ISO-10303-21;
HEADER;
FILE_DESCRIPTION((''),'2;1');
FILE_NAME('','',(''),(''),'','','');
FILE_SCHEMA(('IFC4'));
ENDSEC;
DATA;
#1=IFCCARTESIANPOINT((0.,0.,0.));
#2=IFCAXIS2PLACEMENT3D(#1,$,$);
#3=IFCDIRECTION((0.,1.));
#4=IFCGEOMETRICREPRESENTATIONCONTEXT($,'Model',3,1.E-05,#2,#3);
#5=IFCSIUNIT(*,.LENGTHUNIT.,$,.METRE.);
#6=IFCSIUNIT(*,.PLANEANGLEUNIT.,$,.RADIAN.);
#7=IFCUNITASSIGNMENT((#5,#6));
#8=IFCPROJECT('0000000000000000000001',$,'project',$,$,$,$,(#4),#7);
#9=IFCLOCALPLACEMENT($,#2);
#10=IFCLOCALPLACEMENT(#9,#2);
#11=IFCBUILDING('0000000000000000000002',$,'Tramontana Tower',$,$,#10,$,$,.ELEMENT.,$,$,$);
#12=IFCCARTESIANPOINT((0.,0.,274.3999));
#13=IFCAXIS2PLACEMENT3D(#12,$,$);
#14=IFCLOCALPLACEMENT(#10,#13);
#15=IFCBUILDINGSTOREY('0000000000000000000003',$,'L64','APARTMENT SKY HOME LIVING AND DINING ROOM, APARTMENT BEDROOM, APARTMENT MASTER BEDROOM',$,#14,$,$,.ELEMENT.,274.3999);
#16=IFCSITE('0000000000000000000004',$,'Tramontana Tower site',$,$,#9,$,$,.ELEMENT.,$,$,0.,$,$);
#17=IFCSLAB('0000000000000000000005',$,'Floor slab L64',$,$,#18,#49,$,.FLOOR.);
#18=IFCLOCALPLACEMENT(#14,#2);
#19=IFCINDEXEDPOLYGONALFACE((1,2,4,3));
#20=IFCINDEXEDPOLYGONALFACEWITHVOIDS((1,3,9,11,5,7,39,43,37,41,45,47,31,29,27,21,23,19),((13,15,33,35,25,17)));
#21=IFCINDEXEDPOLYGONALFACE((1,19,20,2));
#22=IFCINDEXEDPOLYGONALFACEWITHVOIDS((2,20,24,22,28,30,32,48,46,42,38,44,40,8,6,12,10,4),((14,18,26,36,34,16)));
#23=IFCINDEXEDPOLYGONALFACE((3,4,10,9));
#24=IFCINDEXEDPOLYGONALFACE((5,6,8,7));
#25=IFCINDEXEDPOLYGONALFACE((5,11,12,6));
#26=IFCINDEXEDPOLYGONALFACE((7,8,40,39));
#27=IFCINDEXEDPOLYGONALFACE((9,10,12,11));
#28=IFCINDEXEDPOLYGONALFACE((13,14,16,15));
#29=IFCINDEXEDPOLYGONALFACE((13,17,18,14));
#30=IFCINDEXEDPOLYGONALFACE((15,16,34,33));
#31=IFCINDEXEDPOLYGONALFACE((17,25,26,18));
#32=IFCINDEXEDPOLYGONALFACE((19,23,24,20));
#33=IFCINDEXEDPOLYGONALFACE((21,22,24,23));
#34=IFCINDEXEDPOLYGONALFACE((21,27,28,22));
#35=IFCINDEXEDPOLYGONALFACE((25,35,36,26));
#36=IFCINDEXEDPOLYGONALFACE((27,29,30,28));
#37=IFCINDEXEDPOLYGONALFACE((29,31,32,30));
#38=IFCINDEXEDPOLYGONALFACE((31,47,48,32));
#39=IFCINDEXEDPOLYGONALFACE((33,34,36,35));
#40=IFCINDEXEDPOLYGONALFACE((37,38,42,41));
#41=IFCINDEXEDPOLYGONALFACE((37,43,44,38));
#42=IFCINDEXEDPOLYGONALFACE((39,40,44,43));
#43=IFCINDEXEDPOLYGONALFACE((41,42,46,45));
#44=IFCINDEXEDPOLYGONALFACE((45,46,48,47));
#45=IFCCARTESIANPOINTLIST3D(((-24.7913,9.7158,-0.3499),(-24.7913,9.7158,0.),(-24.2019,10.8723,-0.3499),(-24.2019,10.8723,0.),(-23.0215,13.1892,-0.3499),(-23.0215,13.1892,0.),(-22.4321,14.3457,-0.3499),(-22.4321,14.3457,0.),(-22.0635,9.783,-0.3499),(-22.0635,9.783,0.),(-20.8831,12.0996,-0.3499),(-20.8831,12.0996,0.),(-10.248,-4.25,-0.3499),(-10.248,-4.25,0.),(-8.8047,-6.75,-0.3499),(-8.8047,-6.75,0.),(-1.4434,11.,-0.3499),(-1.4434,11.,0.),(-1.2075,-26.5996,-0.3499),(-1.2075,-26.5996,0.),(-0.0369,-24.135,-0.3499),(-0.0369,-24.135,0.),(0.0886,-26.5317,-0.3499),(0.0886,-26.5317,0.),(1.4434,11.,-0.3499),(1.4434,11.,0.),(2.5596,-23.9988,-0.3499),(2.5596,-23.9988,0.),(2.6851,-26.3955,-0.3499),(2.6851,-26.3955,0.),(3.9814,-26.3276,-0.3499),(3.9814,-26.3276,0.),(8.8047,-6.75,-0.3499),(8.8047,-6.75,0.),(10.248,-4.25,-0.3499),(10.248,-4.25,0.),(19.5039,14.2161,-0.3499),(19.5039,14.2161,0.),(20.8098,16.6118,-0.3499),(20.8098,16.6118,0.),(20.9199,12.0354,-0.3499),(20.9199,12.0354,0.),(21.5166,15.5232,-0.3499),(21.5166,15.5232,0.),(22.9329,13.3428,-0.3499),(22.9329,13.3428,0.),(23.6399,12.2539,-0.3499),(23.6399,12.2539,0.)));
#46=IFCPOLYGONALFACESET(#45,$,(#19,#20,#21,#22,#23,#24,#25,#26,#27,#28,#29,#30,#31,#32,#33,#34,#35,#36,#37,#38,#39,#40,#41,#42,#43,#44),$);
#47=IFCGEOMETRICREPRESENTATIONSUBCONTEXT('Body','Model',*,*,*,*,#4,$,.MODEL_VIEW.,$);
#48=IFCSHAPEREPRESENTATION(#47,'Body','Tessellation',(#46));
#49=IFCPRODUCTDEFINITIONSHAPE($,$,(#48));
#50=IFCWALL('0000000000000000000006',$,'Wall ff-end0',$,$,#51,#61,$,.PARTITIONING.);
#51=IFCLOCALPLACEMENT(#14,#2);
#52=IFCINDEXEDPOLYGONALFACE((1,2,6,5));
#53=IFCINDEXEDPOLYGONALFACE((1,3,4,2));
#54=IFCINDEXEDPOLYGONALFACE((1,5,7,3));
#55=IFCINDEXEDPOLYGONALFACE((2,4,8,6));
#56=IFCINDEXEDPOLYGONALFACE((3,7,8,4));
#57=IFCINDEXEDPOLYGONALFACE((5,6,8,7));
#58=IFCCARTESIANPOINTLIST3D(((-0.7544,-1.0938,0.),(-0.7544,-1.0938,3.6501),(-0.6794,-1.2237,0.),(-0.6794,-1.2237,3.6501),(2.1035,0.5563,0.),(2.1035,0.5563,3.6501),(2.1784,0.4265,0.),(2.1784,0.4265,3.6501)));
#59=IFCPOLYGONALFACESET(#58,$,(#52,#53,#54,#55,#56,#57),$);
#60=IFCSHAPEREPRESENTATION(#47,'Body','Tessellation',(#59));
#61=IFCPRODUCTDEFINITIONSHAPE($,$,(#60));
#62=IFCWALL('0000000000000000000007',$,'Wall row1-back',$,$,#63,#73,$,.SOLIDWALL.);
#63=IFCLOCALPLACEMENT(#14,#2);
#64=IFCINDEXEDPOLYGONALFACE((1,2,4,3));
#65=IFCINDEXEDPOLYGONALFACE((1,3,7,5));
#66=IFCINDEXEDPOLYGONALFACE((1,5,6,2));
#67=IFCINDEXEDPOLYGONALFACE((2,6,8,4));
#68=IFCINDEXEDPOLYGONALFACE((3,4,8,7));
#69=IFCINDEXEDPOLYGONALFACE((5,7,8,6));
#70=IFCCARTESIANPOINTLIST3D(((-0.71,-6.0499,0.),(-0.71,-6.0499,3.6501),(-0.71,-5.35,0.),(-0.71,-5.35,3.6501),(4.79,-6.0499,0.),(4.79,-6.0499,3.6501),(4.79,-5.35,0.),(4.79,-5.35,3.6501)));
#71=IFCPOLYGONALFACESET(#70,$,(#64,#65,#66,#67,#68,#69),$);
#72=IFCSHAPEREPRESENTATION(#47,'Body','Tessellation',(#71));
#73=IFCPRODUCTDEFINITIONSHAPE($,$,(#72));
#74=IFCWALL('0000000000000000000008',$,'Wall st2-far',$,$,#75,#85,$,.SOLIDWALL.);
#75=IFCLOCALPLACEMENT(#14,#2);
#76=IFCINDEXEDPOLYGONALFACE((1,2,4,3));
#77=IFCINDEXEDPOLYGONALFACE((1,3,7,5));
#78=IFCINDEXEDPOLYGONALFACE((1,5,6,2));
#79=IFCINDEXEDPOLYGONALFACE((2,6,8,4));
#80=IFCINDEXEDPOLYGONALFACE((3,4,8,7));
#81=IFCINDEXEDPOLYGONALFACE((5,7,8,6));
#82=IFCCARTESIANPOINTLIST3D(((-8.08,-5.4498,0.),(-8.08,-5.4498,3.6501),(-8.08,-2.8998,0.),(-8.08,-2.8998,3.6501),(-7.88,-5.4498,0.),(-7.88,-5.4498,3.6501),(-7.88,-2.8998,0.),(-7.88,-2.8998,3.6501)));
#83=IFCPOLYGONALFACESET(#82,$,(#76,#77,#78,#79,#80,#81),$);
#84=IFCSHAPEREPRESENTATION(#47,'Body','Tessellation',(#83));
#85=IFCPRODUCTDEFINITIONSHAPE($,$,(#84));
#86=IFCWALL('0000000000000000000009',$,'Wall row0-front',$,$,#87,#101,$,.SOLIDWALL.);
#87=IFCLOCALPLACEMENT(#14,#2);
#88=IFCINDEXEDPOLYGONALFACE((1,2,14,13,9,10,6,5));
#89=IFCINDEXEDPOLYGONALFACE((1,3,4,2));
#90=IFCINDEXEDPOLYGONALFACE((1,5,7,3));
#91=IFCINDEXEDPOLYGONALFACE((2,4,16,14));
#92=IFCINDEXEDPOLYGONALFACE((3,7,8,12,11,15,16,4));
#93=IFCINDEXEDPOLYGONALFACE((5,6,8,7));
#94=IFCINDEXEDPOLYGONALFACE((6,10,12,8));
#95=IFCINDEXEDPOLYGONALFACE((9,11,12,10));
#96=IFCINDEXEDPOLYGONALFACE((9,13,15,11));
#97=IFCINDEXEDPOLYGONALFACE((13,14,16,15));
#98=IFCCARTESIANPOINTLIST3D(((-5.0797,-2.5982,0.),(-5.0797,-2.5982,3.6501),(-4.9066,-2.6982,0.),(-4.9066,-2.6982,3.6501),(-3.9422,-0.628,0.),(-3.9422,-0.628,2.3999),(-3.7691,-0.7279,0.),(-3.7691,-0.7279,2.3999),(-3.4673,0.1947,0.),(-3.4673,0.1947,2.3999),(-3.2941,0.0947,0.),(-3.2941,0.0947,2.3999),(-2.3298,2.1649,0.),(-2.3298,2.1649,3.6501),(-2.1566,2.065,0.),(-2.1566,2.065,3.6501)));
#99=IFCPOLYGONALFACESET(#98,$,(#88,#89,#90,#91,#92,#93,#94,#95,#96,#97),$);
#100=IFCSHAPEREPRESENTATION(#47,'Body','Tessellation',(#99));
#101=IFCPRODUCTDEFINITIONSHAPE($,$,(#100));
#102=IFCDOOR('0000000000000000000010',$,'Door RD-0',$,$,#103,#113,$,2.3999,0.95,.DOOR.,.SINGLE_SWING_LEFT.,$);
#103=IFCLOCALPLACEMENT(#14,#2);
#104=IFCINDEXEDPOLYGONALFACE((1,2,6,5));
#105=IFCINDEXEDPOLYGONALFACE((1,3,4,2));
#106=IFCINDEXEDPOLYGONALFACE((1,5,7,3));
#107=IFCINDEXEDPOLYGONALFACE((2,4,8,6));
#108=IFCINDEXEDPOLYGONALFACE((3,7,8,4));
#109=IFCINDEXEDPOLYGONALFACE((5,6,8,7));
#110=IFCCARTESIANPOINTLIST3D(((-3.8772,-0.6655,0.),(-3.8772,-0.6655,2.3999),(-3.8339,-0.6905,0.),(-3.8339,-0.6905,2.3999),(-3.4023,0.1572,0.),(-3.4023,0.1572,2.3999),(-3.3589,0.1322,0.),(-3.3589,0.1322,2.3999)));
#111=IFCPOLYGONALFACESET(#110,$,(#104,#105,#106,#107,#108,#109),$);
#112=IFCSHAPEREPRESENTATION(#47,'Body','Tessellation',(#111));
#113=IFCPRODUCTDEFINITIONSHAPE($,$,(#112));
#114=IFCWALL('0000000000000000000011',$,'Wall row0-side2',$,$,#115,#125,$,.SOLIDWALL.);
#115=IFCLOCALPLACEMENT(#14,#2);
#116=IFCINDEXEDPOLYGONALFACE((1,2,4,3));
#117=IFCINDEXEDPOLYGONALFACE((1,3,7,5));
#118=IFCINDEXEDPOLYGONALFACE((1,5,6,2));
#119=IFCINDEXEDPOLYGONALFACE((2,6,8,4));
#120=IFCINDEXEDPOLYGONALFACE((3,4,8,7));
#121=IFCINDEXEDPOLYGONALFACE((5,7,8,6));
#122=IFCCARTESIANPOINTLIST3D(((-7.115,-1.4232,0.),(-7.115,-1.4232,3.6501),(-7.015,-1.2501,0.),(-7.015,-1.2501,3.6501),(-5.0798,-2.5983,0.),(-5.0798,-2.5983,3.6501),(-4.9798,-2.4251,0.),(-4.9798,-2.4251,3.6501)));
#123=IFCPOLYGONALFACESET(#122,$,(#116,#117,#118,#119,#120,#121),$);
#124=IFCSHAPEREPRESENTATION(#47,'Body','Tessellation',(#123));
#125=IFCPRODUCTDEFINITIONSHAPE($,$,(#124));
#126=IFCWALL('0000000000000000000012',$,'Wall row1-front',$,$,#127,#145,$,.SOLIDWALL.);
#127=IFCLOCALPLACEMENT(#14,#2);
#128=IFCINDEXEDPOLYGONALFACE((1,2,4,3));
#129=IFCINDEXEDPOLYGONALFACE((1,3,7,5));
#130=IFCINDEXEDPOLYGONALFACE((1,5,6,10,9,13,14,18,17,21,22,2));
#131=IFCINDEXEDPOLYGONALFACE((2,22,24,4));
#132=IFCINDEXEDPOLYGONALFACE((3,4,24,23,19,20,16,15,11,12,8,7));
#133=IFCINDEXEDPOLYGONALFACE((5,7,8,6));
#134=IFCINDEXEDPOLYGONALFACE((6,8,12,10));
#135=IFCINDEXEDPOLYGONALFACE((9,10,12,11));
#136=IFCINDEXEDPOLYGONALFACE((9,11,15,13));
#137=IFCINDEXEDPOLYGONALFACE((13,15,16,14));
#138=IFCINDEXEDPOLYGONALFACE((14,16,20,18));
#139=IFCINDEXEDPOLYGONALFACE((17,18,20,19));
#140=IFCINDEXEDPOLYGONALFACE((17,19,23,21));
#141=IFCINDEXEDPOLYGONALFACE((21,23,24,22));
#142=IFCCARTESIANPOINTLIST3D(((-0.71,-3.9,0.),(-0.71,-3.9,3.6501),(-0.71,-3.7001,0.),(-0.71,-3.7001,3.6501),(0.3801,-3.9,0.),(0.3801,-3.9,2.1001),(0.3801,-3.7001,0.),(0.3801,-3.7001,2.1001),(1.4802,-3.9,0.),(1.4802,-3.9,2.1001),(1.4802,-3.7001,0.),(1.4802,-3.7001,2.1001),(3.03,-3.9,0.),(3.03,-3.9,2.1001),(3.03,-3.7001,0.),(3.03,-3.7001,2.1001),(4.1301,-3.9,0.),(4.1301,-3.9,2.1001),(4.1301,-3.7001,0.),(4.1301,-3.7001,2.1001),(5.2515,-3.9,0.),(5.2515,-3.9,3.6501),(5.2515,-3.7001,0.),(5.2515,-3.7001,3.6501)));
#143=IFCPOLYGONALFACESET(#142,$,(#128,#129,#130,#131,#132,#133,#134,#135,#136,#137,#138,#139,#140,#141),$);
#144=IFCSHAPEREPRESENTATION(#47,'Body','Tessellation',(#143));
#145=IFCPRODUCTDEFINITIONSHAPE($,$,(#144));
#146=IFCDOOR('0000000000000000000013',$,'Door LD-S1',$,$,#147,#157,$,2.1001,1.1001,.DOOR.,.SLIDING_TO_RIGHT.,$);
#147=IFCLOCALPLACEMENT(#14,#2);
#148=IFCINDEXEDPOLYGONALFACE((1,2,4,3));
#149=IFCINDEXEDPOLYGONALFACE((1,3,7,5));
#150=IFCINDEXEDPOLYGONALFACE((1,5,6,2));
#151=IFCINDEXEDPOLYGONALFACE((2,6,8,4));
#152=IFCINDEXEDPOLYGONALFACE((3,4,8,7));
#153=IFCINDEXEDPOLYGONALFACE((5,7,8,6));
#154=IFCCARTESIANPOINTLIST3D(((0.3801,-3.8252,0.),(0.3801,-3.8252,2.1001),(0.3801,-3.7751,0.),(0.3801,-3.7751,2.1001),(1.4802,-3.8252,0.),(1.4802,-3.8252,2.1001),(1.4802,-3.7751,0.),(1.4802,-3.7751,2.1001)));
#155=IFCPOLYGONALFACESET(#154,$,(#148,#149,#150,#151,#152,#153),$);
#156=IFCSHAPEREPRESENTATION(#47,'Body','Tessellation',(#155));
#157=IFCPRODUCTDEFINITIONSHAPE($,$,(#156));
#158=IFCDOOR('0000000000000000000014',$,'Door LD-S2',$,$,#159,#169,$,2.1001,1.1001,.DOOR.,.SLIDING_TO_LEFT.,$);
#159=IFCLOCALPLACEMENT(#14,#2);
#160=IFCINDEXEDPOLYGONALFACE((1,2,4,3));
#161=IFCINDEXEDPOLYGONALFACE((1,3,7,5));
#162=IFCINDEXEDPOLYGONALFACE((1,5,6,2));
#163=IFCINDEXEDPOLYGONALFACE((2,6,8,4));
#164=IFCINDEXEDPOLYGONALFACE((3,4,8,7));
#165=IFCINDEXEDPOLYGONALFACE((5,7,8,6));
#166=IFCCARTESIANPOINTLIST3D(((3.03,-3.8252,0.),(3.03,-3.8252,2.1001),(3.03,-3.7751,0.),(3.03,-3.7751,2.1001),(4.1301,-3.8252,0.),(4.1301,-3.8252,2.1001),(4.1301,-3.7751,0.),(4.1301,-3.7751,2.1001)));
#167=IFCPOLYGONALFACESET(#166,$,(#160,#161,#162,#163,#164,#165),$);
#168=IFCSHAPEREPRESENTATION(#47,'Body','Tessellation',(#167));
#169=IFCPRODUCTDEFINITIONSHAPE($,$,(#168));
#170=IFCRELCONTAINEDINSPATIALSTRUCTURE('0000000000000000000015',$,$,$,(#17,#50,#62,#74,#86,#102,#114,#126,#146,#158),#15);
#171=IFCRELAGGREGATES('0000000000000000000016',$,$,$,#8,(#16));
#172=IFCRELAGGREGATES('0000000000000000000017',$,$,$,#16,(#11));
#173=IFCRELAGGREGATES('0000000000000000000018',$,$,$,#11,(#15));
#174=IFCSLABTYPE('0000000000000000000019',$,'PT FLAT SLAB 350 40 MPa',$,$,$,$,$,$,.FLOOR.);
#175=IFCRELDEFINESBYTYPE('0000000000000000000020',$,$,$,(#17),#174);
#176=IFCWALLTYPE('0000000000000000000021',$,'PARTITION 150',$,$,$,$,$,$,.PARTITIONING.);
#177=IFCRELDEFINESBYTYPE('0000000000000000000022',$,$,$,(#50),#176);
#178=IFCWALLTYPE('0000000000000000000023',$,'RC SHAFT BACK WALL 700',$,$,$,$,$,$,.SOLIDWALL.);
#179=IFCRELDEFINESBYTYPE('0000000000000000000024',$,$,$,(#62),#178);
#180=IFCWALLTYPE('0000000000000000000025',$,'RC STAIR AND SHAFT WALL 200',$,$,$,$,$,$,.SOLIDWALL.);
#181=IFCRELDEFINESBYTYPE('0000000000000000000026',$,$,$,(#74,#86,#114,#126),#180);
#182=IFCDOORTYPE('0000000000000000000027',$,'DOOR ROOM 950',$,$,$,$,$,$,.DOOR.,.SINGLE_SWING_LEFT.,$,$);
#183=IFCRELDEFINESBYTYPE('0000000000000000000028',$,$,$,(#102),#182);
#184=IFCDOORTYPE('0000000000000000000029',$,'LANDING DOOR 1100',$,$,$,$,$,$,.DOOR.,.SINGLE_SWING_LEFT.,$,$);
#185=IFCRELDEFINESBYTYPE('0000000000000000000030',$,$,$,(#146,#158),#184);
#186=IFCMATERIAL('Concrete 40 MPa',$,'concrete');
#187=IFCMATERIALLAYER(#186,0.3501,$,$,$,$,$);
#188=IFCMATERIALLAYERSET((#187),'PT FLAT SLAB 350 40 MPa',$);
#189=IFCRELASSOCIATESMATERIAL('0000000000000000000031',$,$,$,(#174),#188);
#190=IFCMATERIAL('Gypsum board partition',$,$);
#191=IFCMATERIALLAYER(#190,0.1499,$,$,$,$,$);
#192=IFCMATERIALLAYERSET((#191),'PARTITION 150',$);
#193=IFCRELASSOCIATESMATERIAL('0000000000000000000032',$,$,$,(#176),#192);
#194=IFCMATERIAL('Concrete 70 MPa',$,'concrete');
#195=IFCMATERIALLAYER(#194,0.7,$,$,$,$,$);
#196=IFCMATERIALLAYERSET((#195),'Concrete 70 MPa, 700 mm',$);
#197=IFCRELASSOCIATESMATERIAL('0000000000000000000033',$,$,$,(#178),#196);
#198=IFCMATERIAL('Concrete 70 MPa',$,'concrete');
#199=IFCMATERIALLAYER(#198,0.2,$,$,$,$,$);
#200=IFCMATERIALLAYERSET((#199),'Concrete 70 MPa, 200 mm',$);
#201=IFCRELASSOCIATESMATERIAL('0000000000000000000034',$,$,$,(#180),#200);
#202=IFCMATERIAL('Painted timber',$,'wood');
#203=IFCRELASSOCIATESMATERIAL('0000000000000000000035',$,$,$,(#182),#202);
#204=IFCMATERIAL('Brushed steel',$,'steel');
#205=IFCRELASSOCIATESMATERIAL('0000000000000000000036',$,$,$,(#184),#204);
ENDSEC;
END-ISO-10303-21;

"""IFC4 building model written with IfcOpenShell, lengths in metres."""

from ifc_helpers import new_model, si_unit, direction, frame, frame_2d, origin, place, context, subcontext, project, spatial, polyline, rectangle, outline, extrude, material, layer, layer_set, type_object, element, fill, save


model = new_model("IFC4")

# Units and contexts
model_context = context("Model", 3, precision=1e-05, world=origin(), true_north=direction((0.0, 1.0)))
body_context = subcontext(model_context, "Body", "Model", "MODEL_VIEW")
ifc_project = project(units=[si_unit("LENGTHUNIT", "METRE"), si_unit("PLANEANGLEUNIT", "RADIAN")], contexts=[model_context])

# Site, building, storey
site_placement = place(None, origin())
site = spatial("IfcSite", under=ifc_project, at=site_placement, Name="Tramontana Tower site", CompositionType="ELEMENT", RefElevation=0.0)
building_placement = place(site_placement, origin())
building = spatial("IfcBuilding", under=site, at=building_placement, Name="Tramontana Tower", CompositionType="ELEMENT")
storey_placement = place(building_placement, frame((0.0, 0.0, 274.3999)))
storey = spatial("IfcBuildingStorey", under=building, at=storey_placement, Name="L64", Description="APARTMENT SKY HOME LIVING AND DINING ROOM, APARTMENT BEDROOM, APARTMENT MASTER BEDROOM", CompositionType="ELEMENT", Elevation=274.3999)

# Slab
ifc_material_1 = material(Name="Concrete 40 MPa", Category="concrete")
ifc_layer_1 = layer(ifc_material_1, 0.3501)
ifc_layer_set_1 = layer_set([ifc_layer_1], Name="PT FLAT SLAB 350 40 MPa")
slab_type = type_object("IfcSlabType", Name="PT FLAT SLAB 350 40 MPa", PredefinedType="FLOOR", material=ifc_layer_set_1)
slab_placement = place(storey_placement, frame((0.0, 0.0, -0.3499)))
element("IfcSlab", 1, at=slab_placement, inside=storey, type_object=slab_type, Name="Floor slab L64", PredefinedType="FLOOR", context=body_context, shape_type="SweptSolid", body=[
    extrude(outline(polyline([(21.5166, 15.5232), (19.5039, 14.2161), (20.9199, 12.0354), (22.9329, 13.3428), (23.6399, 12.2539), (3.9814, -26.3276), (2.6851, -26.3955), (2.5596, -23.9988), (-0.0369, -24.135), (0.0886, -26.5317), (-1.2075, -26.5996), (-24.7913, 9.7158), (-24.2019, 10.8723), (-22.0635, 9.783), (-20.8831, 12.0996), (-23.0215, 13.1892), (-22.4321, 14.3457), (20.8098, 16.6118), (21.5166, 15.5232)]), holes=[polyline([(-10.248, -4.25), (-8.8047, -6.75), (8.8047, -6.75), (10.248, -4.25), (1.4434, 11.0), (-1.4434, 11.0), (-10.248, -4.25)])]), origin(), (0.0, 0.0, 1.0), 0.3499),
])

# Shared definitions
ifc_material_2 = material(Name="Gypsum board partition")
ifc_layer_2 = layer(ifc_material_2, 0.1499)
ifc_layer_set_2 = layer_set([ifc_layer_2], Name="PARTITION 150")
wall_type_1 = type_object("IfcWallType", Name="PARTITION 150", PredefinedType="PARTITIONING", material=ifc_layer_set_2)

# Walls
wall_1_placement = place(storey_placement, frame((-0.7168, -1.1587, 0.0), z_axis=(0.0, 0.0, 1.0), x_axis=(0.866008, 0.50003, 0.0)))
element("IfcWall", 2, at=wall_1_placement, inside=storey, type_object=wall_type_1, Name="Wall ff-end0", PredefinedType="PARTITIONING", context=body_context, shape_type="SweptSolid", body=[
    extrude(rectangle(XDim=3.3, YDim=0.1499, at=frame_2d((1.6499, 0.0))), origin(), (0.0, 0.0, 1.0), 3.6501),
])
ifc_material_3 = material(Name="Concrete 70 MPa", Category="concrete")
ifc_layer_3 = layer(ifc_material_3, 0.7)
ifc_layer_set_3 = layer_set([ifc_layer_3], Name="Concrete 70 MPa, 700 mm")
wall_type_2 = type_object("IfcWallType", Name="RC SHAFT BACK WALL 700", PredefinedType="SOLIDWALL", material=ifc_layer_set_3)
wall_2_placement = place(storey_placement, frame((-0.71, -5.7, 0.0), z_axis=(0.0, 0.0, 1.0), x_axis=(1.0, 0.0, 0.0)))
element("IfcWall", 3, at=wall_2_placement, inside=storey, type_object=wall_type_2, Name="Wall row1-back", PredefinedType="SOLIDWALL", context=body_context, shape_type="SweptSolid", body=[
    extrude(rectangle(XDim=5.5, YDim=0.7, at=frame_2d((2.75, 0.0))), origin(), (0.0, 0.0, 1.0), 3.6501),
])
ifc_material_4 = material(Name="Concrete 70 MPa", Category="concrete")
ifc_layer_4 = layer(ifc_material_4, 0.2)
ifc_layer_set_4 = layer_set([ifc_layer_4], Name="Concrete 70 MPa, 200 mm")
wall_type_3 = type_object("IfcWallType", Name="RC STAIR AND SHAFT WALL 200", PredefinedType="SOLIDWALL", material=ifc_layer_set_4)
wall_3_placement = place(storey_placement, frame((-7.98, -2.8999, 0.0), z_axis=(0.0, 0.0, 1.0), x_axis=(0.0, -1.0, 0.0)))
element("IfcWall", 4, at=wall_3_placement, inside=storey, type_object=wall_type_3, Name="Wall st2-far", PredefinedType="SOLIDWALL", context=body_context, shape_type="SweptSolid", body=[
    extrude(rectangle(XDim=2.55, YDim=0.2, at=frame_2d((1.2749, 0.0))), origin(), (0.0, 0.0, 1.0), 3.6501),
])

# Wall, opening, door
wall_4_placement = place(storey_placement, frame((-4.9932, -2.6482, 0.0), z_axis=(0.0, 0.0, 1.0), x_axis=(0.499997, 0.866027, 0.0)))
wall_4 = element("IfcWall", 5, at=wall_4_placement, inside=storey, type_object=wall_type_3, Name="Wall row0-front", PredefinedType="SOLIDWALL", context=body_context, shape_type="SweptSolid", body=[
    extrude(rectangle(XDim=5.5, YDim=0.2, at=frame_2d((2.75, 0.0))), origin(), (0.0, 0.0, 1.0), 3.6501),
])
opening_1_placement = place(wall_4_placement, frame((2.2749, 0.0, 0.0)))
opening_1 = element("IfcOpeningElement", 6, at=opening_1_placement, cuts=wall_4, PredefinedType="OPENING", context=body_context, shape_type="SweptSolid", body=[
    extrude(rectangle(XDim=0.95, YDim=2.3999, at=frame_2d((0.4751, 1.2))), frame((0.0, 0.1099, 0.0), z_axis=(0.0, -1.0, 0.0), x_axis=(1.0, 0.0, 0.0)), (0.0, 0.0, 1.0), 0.22),
])
ifc_material_5 = material(Name="Painted timber", Category="wood")
door_type_1 = type_object("IfcDoorType", Name="DOOR ROOM 950", OperationType="SINGLE_SWING_LEFT", PredefinedType="DOOR", material=ifc_material_5)
door_1_placement = place(opening_1_placement, origin())
door_1 = element("IfcDoor", 7, at=door_1_placement, inside=storey, type_object=door_type_1, Name="Door RD-0", OperationType="SINGLE_SWING_LEFT", OverallHeight=2.3999, OverallWidth=0.95, PredefinedType="DOOR", context=body_context, shape_type="SweptSolid", body=[
    extrude(rectangle(XDim=0.95, YDim=2.3999, at=frame_2d((0.4751, 1.2))), frame((0.0, 0.0249, 0.0), z_axis=(0.0, -1.0, 0.0), x_axis=(1.0, 0.0, 0.0)), (0.0, 0.0, 1.0), 0.05),
])
fill(opening_1, door_1)

# Wall
wall_5_placement = place(storey_placement, frame((-5.0298, -2.5117, 0.0), z_axis=(0.0, 0.0, 1.0), x_axis=(-0.866016, 0.500016, 0.0)))
element("IfcWall", 8, at=wall_5_placement, inside=storey, type_object=wall_type_3, Name="Wall row0-side2", PredefinedType="SOLIDWALL", context=body_context, shape_type="SweptSolid", body=[
    extrude(rectangle(XDim=2.3501, YDim=0.2, at=frame_2d((1.175, 0.0))), origin(), (0.0, 0.0, 1.0), 3.6501),
])

# Wall, openings, doors
wall_6_placement = place(storey_placement, frame((-0.71, -3.8, 0.0), z_axis=(0.0, 0.0, 1.0), x_axis=(1.0, 0.0, 0.0)))
wall_6 = element("IfcWall", 9, at=wall_6_placement, inside=storey, type_object=wall_type_3, Name="Wall row1-front", PredefinedType="SOLIDWALL", context=body_context, shape_type="SweptSolid", body=[
    extrude(rectangle(XDim=5.9614, YDim=0.2, at=frame_2d((2.9807, 0.0))), origin(), (0.0, 0.0, 1.0), 3.6501),
])
opening_2_placement = place(wall_6_placement, frame((1.0901, 0.0, 0.0)))
opening_2 = element("IfcOpeningElement", 10, at=opening_2_placement, cuts=wall_6, PredefinedType="OPENING", context=body_context, shape_type="SweptSolid", body=[
    extrude(rectangle(XDim=1.1001, YDim=2.1001, at=frame_2d((0.55, 1.05))), frame((0.0, 0.1099, 0.0), z_axis=(0.0, -1.0, 0.0), x_axis=(1.0, 0.0, 0.0)), (0.0, 0.0, 1.0), 0.22),
])
opening_3_placement = place(wall_6_placement, frame((3.74, 0.0, 0.0)))
opening_3 = element("IfcOpeningElement", 11, at=opening_3_placement, cuts=wall_6, PredefinedType="OPENING", context=body_context, shape_type="SweptSolid", body=[
    extrude(rectangle(XDim=1.1001, YDim=2.1001, at=frame_2d((0.55, 1.05))), frame((0.0, 0.1099, 0.0), z_axis=(0.0, -1.0, 0.0), x_axis=(1.0, 0.0, 0.0)), (0.0, 0.0, 1.0), 0.22),
])
ifc_material_6 = material(Name="Brushed steel", Category="steel")
door_type_2 = type_object("IfcDoorType", Name="LANDING DOOR 1100", OperationType="SINGLE_SWING_LEFT", PredefinedType="DOOR", material=ifc_material_6)
door_2_placement = place(opening_2_placement, origin())
door_2 = element("IfcDoor", 12, at=door_2_placement, inside=storey, type_object=door_type_2, Name="Door LD-S1", OperationType="SLIDING_TO_RIGHT", OverallHeight=2.1001, OverallWidth=1.1001, PredefinedType="DOOR", context=body_context, shape_type="SweptSolid", body=[
    extrude(rectangle(XDim=1.1001, YDim=2.1001, at=frame_2d((0.55, 1.05))), frame((0.0, 0.0249, 0.0), z_axis=(0.0, -1.0, 0.0), x_axis=(1.0, 0.0, 0.0)), (0.0, 0.0, 1.0), 0.05),
])
fill(opening_2, door_2)
door_3_placement = place(opening_3_placement, origin())
door_3 = element("IfcDoor", 13, at=door_3_placement, inside=storey, type_object=door_type_2, Name="Door LD-S2", OperationType="SLIDING_TO_LEFT", OverallHeight=2.1001, OverallWidth=1.1001, PredefinedType="DOOR", context=body_context, shape_type="SweptSolid", body=[
    extrude(rectangle(XDim=1.1001, YDim=2.1001, at=frame_2d((0.55, 1.05))), frame((0.0, 0.0249, 0.0), z_axis=(0.0, -1.0, 0.0), x_axis=(1.0, 0.0, 0.0)), (0.0, 0.0, 1.0), 0.05),
])
fill(opening_3, door_3)

save(model, "model.ifc")
